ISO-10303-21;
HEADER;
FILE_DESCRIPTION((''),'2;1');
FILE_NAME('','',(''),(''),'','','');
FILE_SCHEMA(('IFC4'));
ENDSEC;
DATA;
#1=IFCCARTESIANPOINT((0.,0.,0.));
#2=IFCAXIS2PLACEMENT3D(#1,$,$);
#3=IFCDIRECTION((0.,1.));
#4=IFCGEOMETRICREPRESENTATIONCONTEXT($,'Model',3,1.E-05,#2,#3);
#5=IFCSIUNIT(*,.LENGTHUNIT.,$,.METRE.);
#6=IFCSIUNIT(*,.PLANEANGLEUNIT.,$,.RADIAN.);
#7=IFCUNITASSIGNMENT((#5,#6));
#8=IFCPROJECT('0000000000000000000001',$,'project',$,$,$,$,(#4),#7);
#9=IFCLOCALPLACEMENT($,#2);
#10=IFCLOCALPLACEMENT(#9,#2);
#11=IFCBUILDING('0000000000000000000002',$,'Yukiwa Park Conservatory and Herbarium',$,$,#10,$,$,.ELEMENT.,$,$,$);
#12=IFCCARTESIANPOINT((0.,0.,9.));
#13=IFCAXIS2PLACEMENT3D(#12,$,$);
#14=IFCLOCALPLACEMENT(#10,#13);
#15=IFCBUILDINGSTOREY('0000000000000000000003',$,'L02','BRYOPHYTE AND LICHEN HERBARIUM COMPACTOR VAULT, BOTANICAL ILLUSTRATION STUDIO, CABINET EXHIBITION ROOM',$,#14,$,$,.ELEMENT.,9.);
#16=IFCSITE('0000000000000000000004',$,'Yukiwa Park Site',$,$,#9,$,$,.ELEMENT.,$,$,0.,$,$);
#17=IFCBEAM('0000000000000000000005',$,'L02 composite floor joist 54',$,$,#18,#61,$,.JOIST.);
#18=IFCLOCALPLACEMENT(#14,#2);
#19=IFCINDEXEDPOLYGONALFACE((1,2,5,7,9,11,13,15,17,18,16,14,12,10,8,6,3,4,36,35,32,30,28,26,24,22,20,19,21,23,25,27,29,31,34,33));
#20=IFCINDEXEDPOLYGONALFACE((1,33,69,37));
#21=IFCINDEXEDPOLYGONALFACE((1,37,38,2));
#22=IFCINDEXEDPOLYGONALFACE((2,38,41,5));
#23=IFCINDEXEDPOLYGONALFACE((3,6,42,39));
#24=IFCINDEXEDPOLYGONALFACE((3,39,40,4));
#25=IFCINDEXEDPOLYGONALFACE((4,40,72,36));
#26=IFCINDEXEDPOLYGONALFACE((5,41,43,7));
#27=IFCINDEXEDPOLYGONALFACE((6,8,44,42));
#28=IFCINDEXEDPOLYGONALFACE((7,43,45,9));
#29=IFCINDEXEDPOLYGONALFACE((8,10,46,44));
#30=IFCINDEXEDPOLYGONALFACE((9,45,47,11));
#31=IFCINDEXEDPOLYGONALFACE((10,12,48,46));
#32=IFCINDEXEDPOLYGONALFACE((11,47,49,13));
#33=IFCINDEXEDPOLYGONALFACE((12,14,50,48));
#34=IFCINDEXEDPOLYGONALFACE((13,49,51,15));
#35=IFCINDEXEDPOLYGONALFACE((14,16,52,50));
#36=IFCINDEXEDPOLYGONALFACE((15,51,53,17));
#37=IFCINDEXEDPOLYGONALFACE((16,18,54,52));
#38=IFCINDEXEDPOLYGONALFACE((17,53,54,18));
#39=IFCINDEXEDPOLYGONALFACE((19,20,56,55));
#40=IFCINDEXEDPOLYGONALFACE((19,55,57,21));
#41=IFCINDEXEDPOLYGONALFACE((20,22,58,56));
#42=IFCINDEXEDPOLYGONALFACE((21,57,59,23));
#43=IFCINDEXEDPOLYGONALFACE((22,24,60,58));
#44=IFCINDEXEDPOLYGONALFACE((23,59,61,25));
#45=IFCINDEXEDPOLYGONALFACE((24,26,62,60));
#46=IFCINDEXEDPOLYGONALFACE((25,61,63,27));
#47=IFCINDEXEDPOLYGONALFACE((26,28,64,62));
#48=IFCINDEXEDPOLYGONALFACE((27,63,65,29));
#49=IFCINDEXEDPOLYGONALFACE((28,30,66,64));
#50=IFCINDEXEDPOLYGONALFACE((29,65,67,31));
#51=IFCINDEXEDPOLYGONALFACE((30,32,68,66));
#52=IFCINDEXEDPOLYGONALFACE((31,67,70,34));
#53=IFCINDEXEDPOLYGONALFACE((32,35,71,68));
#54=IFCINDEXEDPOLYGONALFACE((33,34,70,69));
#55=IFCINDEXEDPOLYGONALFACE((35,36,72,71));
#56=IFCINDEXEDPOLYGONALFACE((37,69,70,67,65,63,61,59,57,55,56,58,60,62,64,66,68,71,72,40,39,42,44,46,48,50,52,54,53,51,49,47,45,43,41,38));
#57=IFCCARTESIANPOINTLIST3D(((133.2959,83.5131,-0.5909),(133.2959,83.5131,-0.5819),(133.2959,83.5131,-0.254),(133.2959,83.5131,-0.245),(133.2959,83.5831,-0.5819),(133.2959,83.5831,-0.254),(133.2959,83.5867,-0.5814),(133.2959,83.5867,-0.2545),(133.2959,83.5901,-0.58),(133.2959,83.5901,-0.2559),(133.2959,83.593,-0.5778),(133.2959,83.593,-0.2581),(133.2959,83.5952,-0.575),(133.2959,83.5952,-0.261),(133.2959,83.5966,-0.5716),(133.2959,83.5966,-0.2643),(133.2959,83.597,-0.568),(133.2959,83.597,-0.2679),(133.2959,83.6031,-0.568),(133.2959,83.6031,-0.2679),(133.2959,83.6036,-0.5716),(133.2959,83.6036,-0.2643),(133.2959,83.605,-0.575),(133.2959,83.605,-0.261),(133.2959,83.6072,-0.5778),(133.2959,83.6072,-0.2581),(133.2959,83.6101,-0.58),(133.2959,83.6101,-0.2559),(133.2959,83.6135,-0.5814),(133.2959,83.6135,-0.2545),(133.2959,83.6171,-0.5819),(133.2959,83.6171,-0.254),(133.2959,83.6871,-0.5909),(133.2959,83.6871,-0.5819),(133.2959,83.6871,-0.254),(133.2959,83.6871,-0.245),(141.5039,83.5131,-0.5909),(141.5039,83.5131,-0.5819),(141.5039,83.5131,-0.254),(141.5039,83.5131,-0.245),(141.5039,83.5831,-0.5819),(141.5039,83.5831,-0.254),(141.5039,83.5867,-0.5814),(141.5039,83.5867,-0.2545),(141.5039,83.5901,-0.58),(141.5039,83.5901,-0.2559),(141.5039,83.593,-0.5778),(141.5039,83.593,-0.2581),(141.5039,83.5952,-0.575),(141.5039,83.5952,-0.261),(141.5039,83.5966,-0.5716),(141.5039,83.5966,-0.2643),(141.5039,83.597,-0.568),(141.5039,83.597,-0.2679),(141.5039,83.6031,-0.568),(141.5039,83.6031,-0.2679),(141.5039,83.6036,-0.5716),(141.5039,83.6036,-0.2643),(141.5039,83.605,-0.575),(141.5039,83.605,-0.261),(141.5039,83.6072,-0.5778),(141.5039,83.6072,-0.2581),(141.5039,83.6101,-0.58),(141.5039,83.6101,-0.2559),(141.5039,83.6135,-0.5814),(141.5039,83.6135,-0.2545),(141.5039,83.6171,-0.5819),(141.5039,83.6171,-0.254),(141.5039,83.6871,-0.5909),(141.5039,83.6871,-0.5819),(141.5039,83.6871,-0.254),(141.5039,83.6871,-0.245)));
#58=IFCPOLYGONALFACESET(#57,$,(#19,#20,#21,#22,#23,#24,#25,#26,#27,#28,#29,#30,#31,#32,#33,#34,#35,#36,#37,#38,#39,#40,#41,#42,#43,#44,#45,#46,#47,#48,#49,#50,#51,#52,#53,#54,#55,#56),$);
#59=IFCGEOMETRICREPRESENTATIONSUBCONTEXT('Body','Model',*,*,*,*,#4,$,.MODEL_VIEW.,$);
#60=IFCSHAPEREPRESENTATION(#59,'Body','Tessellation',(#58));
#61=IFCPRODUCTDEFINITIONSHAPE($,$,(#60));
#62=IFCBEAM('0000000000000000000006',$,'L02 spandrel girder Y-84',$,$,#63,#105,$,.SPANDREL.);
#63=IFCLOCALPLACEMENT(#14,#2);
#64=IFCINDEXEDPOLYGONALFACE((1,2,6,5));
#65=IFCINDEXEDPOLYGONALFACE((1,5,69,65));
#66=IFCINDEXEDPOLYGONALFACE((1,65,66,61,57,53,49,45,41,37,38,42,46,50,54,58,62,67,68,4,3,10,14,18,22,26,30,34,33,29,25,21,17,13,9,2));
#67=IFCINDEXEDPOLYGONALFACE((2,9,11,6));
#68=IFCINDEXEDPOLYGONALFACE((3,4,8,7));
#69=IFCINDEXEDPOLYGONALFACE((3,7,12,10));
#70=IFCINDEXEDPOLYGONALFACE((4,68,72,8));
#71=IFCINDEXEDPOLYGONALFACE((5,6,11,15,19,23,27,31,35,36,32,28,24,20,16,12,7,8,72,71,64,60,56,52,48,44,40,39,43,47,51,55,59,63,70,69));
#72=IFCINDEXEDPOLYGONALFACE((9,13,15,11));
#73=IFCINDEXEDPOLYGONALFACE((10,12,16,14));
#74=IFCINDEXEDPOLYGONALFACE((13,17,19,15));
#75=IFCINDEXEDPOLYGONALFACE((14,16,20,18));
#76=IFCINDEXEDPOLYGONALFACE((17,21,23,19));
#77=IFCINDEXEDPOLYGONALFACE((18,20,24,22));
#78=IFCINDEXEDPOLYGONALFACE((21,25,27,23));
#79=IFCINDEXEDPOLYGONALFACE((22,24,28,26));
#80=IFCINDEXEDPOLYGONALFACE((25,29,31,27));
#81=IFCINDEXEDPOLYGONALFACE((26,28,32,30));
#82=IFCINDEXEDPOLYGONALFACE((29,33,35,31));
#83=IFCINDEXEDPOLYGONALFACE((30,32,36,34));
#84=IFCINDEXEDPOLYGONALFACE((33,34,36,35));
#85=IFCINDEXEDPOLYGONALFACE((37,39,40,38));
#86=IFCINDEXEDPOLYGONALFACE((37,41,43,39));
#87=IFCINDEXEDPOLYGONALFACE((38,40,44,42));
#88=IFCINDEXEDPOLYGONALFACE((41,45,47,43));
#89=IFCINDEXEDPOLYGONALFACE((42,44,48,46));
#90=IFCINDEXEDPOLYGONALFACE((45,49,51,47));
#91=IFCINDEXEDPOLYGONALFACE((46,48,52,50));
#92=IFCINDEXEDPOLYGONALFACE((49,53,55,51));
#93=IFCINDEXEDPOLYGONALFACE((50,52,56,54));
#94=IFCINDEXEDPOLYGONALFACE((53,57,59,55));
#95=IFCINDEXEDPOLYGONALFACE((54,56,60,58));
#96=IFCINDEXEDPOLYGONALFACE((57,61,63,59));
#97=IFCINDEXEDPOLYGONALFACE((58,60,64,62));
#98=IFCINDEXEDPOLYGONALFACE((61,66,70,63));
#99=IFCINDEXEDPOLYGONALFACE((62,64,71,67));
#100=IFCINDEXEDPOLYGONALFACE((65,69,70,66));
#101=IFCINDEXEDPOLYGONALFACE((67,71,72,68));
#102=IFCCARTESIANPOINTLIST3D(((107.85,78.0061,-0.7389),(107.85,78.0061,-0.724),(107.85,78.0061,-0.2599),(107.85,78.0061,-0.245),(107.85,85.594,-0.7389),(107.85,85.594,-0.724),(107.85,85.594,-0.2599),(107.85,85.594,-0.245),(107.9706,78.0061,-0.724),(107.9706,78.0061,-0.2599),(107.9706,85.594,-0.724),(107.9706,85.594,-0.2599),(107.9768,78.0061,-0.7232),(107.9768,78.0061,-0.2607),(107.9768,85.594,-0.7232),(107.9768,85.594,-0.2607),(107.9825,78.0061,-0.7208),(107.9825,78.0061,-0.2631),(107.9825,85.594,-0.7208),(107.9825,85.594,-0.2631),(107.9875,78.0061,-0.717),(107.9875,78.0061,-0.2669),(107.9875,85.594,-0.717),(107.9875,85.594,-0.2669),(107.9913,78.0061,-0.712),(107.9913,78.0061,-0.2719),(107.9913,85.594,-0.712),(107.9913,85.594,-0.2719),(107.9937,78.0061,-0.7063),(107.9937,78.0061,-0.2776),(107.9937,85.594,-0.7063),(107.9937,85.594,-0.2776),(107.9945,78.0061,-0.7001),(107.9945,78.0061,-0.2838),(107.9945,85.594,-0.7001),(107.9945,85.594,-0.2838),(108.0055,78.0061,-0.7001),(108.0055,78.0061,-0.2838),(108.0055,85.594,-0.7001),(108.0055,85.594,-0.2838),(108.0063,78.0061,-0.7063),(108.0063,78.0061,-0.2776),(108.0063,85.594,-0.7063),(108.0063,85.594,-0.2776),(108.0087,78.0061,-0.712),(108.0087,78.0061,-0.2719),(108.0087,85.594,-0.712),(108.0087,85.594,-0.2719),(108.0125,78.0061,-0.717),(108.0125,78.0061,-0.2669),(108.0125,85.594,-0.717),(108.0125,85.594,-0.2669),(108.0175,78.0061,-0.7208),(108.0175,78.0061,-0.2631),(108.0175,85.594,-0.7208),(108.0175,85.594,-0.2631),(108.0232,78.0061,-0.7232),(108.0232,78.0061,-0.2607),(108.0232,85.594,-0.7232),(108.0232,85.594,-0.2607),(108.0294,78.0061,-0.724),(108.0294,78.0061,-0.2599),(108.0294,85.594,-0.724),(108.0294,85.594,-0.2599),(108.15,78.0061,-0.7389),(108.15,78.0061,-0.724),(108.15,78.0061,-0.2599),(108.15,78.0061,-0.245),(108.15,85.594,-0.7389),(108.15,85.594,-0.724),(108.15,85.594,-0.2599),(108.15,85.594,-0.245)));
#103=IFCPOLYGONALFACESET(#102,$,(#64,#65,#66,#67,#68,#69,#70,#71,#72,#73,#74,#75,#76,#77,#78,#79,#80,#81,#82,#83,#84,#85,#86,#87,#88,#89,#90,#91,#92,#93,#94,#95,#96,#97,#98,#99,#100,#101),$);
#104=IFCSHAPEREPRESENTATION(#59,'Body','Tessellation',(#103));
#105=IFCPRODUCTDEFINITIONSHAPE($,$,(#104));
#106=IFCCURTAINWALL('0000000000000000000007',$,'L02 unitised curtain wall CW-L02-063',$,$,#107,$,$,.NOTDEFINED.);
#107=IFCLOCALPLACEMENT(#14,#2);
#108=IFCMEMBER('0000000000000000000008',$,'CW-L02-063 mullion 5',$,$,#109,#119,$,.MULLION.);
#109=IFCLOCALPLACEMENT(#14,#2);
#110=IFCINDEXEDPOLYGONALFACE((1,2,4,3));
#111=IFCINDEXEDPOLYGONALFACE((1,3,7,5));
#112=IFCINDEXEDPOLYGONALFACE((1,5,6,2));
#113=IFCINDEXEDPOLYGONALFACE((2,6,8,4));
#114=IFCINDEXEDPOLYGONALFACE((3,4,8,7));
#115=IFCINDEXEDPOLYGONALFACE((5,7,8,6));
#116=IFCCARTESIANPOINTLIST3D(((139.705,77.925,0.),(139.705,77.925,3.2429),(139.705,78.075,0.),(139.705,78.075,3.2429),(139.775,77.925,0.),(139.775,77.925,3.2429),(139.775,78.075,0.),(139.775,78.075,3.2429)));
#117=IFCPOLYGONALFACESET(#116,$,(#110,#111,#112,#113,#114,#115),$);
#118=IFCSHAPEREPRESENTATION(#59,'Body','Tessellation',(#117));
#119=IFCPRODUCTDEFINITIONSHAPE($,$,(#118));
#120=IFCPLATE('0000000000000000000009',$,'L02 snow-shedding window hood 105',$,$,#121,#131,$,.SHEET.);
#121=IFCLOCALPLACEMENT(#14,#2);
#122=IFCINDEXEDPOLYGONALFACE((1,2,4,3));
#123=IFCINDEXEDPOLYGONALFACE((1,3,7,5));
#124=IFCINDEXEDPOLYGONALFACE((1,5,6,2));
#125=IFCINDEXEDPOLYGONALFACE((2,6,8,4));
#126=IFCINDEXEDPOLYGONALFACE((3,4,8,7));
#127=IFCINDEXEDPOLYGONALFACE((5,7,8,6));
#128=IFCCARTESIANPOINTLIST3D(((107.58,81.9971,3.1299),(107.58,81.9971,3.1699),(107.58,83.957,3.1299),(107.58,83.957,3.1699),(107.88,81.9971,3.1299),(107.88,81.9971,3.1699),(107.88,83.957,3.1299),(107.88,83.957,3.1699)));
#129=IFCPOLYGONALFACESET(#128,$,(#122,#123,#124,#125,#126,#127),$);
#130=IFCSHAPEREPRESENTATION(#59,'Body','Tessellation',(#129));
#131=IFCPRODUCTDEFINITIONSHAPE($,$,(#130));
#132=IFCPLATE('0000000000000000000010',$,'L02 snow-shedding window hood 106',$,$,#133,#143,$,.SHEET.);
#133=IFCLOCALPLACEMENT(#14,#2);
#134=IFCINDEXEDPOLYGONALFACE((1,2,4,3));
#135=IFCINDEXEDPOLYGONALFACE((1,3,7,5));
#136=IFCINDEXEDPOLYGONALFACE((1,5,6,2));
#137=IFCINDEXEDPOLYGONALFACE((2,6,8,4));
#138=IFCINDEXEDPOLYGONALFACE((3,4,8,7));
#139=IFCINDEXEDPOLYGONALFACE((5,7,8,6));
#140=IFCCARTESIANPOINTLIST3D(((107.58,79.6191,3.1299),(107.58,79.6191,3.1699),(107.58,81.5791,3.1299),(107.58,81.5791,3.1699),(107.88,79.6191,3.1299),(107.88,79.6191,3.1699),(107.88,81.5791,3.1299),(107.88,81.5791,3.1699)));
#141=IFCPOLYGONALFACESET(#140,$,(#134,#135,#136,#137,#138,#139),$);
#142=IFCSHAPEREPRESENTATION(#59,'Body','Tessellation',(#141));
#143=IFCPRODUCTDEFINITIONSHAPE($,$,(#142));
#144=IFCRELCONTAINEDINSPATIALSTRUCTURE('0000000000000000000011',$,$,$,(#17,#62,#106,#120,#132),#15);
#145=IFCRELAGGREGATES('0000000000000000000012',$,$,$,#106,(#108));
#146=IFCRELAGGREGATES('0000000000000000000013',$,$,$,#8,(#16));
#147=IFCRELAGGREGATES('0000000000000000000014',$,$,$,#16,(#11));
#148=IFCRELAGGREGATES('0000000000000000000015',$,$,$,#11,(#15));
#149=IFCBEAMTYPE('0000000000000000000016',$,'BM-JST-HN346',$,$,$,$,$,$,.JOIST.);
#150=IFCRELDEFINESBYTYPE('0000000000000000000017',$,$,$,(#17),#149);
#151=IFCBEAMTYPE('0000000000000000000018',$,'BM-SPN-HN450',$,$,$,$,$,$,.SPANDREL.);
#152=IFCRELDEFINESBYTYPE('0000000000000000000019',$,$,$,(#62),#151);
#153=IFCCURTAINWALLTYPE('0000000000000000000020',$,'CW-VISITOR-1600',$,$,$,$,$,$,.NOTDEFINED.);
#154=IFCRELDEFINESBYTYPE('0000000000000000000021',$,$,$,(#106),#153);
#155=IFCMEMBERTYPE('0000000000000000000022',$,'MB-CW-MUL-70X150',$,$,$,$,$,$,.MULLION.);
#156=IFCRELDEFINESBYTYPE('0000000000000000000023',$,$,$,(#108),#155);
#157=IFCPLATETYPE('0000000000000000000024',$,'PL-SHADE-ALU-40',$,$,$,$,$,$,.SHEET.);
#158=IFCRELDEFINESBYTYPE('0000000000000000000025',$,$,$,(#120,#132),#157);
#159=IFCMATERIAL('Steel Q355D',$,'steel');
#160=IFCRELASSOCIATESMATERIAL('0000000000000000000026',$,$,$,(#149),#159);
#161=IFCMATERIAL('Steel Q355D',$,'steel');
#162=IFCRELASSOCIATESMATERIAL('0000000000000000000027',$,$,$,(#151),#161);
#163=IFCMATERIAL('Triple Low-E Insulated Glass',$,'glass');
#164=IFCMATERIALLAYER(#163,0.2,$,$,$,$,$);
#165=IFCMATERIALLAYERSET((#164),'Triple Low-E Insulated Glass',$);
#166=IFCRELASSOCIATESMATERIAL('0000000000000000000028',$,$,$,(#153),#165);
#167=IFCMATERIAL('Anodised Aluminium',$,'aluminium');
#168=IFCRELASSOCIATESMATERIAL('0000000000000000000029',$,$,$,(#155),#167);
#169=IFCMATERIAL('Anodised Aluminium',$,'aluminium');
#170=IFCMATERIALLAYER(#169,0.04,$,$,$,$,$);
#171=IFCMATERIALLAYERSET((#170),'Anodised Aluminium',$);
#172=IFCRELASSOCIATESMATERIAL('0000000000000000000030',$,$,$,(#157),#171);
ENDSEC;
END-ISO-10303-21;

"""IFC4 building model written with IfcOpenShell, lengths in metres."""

from ifc_helpers import new_model, si_unit, direction, frame, origin, origin_2d, place, context, subcontext, project, spatial, rectangle, i_section, extrude, material, layer, layer_set, material_profile, profile_set, type_object, element, aggregate, save


model = new_model("IFC4")

# Units and contexts
model_context = context("Model", 3, precision=1e-05, world=origin(), true_north=direction((0.0, 1.0)))
body_context = subcontext(model_context, "Body", "Model", "MODEL_VIEW")
ifc_project = project(units=[si_unit("LENGTHUNIT", "METRE"), si_unit("PLANEANGLEUNIT", "RADIAN")], contexts=[model_context])

# Site, building, storey
site_placement = place(None, origin())
site = spatial("IfcSite", under=ifc_project, at=site_placement, Name="Yukiwa Park Site", CompositionType="ELEMENT", RefElevation=0.0)
building_placement = place(site_placement, origin())
building = spatial("IfcBuilding", under=site, at=building_placement, Name="Yukiwa Park Conservatory and Herbarium", CompositionType="ELEMENT")
storey_placement = place(building_placement, frame((0.0, 0.0, 9.0)))
storey = spatial("IfcBuildingStorey", under=building, at=storey_placement, Name="L02", Description="BRYOPHYTE AND LICHEN HERBARIUM COMPACTOR VAULT, BOTANICAL ILLUSTRATION STUDIO, CABINET EXHIBITION ROOM", CompositionType="ELEMENT", Elevation=9.0)

# Beams
ifc_material_1 = material(Name="Steel Q355D", Category="steel")
ifc_material_profile_1 = material_profile(ifc_material_1, i_section(OverallWidth=0.1741, OverallDepth=0.3459, WebThickness=0.0061, FlangeThickness=0.009, FilletRadius=0.0139, at=origin_2d()), Name="HN 346x174x6x9")
ifc_profile_set_1 = profile_set([ifc_material_profile_1], Name="Steel Q355D")
beam_type_1 = type_object("IfcBeamType", Name="BM-JST-HN346", PredefinedType="JOIST", material=ifc_profile_set_1)
for number, where, z_axis, x_axis, name in (
    (1, (133.2959, 83.6001, -0.418), (1.0, 0.0, 0.0), (0.0, 1.0, 0.0), "L02 composite floor joist 54"),
):
    element("IfcBeam", number, at=place(storey_placement, frame(where, z_axis=z_axis, x_axis=x_axis)), inside=storey, type_object=beam_type_1, Name=name, PredefinedType="JOIST", context=body_context, shape_type="SweptSolid", body=[
        extrude(i_section(OverallWidth=0.1741, OverallDepth=0.3459, WebThickness=0.0061, FlangeThickness=0.009, FilletRadius=0.0139, at=origin_2d()), origin(), (0.0, 0.0, 1.0), 8.208),
    ])
ifc_material_2 = material(Name="Steel Q355D", Category="steel")
ifc_material_profile_2 = material_profile(ifc_material_2, i_section(OverallWidth=0.3, OverallDepth=0.4939, WebThickness=0.011, FlangeThickness=0.0149, FilletRadius=0.0239, at=origin_2d()), Name="HM 494x300x11x15")
ifc_profile_set_2 = profile_set([ifc_material_profile_2], Name="Steel Q355D")
beam_type_2 = type_object("IfcBeamType", Name="BM-SPN-HN450", PredefinedType="SPANDREL", material=ifc_profile_set_2)
beam_1_placement = place(storey_placement, frame((108.0, 78.0061, -0.4919), z_axis=(0.0, 1.0, 0.0), x_axis=(-1.0, 0.0, 0.0)))
element("IfcBeam", 2, at=beam_1_placement, inside=storey, type_object=beam_type_2, Name="L02 spandrel girder Y-84", PredefinedType="SPANDREL", context=body_context, shape_type="SweptSolid", body=[
    extrude(i_section(OverallWidth=0.3, OverallDepth=0.4939, WebThickness=0.011, FlangeThickness=0.0149, FilletRadius=0.0239, at=origin_2d()), origin(), (0.0, 0.0, 1.0), 7.5879),
])

# Curtain wall, member
ifc_material_3 = material(Name="Triple Low-E Insulated Glass", Category="glass")
ifc_layer_1 = layer(ifc_material_3, 0.2)
ifc_layer_set_1 = layer_set([ifc_layer_1], Name="Triple Low-E Insulated Glass")
curtain_wall_type = type_object("IfcCurtainWallType", Name="CW-VISITOR-1600", PredefinedType="NOTDEFINED", material=ifc_layer_set_1)
curtain_wall_placement = place(storey_placement, origin())
curtain_wall = element("IfcCurtainWall", 3, at=curtain_wall_placement, inside=storey, type_object=curtain_wall_type, Name="L02 unitised curtain wall CW-L02-063", PredefinedType="NOTDEFINED")
ifc_material_4 = material(Name="Anodised Aluminium", Category="aluminium")
member_type = type_object("IfcMemberType", Name="MB-CW-MUL-70X150", PredefinedType="MULLION", material=ifc_material_4)
member_placement = place(storey_placement, frame((139.74, 78.0, 0.0), z_axis=(0.0, 0.0, 1.0), x_axis=(1.0, 0.0, 0.0)))
member = element("IfcMember", 4, at=member_placement, type_object=member_type, Name="CW-L02-063 mullion 5", PredefinedType="MULLION", context=body_context, shape_type="SweptSolid", body=[
    extrude(rectangle(XDim=0.0701, YDim=0.1499, at=origin_2d()), origin(), (0.0, 0.0, 1.0), 3.2429),
])
aggregate(curtain_wall, [member])

# Plates
ifc_material_5 = material(Name="Anodised Aluminium", Category="aluminium")
ifc_layer_2 = layer(ifc_material_5, 0.04)
ifc_layer_set_2 = layer_set([ifc_layer_2], Name="Anodised Aluminium")
plate_type = type_object("IfcPlateType", Name="PL-SHADE-ALU-40", PredefinedType="SHEET", material=ifc_layer_set_2)
for number, where, z_axis, x_axis, name in (
    (5, (107.73, 82.9771, 3.1299), (0.0, 0.0, 1.0), (0.0, -1.0, 0.0), "L02 snow-shedding window hood 105"),
    (6, (107.73, 80.5991, 3.1299), (0.0, 0.0, 1.0), (0.0, -1.0, 0.0), "L02 snow-shedding window hood 106"),
):
    element("IfcPlate", number, at=place(storey_placement, frame(where, z_axis=z_axis, x_axis=x_axis)), inside=storey, type_object=plate_type, Name=name, PredefinedType="SHEET", context=body_context, shape_type="SweptSolid", body=[
        extrude(rectangle(XDim=1.96, YDim=0.3, at=origin_2d()), origin(), (0.0, 0.0, 1.0), 0.04),
    ])

save(model, "model.ifc")
